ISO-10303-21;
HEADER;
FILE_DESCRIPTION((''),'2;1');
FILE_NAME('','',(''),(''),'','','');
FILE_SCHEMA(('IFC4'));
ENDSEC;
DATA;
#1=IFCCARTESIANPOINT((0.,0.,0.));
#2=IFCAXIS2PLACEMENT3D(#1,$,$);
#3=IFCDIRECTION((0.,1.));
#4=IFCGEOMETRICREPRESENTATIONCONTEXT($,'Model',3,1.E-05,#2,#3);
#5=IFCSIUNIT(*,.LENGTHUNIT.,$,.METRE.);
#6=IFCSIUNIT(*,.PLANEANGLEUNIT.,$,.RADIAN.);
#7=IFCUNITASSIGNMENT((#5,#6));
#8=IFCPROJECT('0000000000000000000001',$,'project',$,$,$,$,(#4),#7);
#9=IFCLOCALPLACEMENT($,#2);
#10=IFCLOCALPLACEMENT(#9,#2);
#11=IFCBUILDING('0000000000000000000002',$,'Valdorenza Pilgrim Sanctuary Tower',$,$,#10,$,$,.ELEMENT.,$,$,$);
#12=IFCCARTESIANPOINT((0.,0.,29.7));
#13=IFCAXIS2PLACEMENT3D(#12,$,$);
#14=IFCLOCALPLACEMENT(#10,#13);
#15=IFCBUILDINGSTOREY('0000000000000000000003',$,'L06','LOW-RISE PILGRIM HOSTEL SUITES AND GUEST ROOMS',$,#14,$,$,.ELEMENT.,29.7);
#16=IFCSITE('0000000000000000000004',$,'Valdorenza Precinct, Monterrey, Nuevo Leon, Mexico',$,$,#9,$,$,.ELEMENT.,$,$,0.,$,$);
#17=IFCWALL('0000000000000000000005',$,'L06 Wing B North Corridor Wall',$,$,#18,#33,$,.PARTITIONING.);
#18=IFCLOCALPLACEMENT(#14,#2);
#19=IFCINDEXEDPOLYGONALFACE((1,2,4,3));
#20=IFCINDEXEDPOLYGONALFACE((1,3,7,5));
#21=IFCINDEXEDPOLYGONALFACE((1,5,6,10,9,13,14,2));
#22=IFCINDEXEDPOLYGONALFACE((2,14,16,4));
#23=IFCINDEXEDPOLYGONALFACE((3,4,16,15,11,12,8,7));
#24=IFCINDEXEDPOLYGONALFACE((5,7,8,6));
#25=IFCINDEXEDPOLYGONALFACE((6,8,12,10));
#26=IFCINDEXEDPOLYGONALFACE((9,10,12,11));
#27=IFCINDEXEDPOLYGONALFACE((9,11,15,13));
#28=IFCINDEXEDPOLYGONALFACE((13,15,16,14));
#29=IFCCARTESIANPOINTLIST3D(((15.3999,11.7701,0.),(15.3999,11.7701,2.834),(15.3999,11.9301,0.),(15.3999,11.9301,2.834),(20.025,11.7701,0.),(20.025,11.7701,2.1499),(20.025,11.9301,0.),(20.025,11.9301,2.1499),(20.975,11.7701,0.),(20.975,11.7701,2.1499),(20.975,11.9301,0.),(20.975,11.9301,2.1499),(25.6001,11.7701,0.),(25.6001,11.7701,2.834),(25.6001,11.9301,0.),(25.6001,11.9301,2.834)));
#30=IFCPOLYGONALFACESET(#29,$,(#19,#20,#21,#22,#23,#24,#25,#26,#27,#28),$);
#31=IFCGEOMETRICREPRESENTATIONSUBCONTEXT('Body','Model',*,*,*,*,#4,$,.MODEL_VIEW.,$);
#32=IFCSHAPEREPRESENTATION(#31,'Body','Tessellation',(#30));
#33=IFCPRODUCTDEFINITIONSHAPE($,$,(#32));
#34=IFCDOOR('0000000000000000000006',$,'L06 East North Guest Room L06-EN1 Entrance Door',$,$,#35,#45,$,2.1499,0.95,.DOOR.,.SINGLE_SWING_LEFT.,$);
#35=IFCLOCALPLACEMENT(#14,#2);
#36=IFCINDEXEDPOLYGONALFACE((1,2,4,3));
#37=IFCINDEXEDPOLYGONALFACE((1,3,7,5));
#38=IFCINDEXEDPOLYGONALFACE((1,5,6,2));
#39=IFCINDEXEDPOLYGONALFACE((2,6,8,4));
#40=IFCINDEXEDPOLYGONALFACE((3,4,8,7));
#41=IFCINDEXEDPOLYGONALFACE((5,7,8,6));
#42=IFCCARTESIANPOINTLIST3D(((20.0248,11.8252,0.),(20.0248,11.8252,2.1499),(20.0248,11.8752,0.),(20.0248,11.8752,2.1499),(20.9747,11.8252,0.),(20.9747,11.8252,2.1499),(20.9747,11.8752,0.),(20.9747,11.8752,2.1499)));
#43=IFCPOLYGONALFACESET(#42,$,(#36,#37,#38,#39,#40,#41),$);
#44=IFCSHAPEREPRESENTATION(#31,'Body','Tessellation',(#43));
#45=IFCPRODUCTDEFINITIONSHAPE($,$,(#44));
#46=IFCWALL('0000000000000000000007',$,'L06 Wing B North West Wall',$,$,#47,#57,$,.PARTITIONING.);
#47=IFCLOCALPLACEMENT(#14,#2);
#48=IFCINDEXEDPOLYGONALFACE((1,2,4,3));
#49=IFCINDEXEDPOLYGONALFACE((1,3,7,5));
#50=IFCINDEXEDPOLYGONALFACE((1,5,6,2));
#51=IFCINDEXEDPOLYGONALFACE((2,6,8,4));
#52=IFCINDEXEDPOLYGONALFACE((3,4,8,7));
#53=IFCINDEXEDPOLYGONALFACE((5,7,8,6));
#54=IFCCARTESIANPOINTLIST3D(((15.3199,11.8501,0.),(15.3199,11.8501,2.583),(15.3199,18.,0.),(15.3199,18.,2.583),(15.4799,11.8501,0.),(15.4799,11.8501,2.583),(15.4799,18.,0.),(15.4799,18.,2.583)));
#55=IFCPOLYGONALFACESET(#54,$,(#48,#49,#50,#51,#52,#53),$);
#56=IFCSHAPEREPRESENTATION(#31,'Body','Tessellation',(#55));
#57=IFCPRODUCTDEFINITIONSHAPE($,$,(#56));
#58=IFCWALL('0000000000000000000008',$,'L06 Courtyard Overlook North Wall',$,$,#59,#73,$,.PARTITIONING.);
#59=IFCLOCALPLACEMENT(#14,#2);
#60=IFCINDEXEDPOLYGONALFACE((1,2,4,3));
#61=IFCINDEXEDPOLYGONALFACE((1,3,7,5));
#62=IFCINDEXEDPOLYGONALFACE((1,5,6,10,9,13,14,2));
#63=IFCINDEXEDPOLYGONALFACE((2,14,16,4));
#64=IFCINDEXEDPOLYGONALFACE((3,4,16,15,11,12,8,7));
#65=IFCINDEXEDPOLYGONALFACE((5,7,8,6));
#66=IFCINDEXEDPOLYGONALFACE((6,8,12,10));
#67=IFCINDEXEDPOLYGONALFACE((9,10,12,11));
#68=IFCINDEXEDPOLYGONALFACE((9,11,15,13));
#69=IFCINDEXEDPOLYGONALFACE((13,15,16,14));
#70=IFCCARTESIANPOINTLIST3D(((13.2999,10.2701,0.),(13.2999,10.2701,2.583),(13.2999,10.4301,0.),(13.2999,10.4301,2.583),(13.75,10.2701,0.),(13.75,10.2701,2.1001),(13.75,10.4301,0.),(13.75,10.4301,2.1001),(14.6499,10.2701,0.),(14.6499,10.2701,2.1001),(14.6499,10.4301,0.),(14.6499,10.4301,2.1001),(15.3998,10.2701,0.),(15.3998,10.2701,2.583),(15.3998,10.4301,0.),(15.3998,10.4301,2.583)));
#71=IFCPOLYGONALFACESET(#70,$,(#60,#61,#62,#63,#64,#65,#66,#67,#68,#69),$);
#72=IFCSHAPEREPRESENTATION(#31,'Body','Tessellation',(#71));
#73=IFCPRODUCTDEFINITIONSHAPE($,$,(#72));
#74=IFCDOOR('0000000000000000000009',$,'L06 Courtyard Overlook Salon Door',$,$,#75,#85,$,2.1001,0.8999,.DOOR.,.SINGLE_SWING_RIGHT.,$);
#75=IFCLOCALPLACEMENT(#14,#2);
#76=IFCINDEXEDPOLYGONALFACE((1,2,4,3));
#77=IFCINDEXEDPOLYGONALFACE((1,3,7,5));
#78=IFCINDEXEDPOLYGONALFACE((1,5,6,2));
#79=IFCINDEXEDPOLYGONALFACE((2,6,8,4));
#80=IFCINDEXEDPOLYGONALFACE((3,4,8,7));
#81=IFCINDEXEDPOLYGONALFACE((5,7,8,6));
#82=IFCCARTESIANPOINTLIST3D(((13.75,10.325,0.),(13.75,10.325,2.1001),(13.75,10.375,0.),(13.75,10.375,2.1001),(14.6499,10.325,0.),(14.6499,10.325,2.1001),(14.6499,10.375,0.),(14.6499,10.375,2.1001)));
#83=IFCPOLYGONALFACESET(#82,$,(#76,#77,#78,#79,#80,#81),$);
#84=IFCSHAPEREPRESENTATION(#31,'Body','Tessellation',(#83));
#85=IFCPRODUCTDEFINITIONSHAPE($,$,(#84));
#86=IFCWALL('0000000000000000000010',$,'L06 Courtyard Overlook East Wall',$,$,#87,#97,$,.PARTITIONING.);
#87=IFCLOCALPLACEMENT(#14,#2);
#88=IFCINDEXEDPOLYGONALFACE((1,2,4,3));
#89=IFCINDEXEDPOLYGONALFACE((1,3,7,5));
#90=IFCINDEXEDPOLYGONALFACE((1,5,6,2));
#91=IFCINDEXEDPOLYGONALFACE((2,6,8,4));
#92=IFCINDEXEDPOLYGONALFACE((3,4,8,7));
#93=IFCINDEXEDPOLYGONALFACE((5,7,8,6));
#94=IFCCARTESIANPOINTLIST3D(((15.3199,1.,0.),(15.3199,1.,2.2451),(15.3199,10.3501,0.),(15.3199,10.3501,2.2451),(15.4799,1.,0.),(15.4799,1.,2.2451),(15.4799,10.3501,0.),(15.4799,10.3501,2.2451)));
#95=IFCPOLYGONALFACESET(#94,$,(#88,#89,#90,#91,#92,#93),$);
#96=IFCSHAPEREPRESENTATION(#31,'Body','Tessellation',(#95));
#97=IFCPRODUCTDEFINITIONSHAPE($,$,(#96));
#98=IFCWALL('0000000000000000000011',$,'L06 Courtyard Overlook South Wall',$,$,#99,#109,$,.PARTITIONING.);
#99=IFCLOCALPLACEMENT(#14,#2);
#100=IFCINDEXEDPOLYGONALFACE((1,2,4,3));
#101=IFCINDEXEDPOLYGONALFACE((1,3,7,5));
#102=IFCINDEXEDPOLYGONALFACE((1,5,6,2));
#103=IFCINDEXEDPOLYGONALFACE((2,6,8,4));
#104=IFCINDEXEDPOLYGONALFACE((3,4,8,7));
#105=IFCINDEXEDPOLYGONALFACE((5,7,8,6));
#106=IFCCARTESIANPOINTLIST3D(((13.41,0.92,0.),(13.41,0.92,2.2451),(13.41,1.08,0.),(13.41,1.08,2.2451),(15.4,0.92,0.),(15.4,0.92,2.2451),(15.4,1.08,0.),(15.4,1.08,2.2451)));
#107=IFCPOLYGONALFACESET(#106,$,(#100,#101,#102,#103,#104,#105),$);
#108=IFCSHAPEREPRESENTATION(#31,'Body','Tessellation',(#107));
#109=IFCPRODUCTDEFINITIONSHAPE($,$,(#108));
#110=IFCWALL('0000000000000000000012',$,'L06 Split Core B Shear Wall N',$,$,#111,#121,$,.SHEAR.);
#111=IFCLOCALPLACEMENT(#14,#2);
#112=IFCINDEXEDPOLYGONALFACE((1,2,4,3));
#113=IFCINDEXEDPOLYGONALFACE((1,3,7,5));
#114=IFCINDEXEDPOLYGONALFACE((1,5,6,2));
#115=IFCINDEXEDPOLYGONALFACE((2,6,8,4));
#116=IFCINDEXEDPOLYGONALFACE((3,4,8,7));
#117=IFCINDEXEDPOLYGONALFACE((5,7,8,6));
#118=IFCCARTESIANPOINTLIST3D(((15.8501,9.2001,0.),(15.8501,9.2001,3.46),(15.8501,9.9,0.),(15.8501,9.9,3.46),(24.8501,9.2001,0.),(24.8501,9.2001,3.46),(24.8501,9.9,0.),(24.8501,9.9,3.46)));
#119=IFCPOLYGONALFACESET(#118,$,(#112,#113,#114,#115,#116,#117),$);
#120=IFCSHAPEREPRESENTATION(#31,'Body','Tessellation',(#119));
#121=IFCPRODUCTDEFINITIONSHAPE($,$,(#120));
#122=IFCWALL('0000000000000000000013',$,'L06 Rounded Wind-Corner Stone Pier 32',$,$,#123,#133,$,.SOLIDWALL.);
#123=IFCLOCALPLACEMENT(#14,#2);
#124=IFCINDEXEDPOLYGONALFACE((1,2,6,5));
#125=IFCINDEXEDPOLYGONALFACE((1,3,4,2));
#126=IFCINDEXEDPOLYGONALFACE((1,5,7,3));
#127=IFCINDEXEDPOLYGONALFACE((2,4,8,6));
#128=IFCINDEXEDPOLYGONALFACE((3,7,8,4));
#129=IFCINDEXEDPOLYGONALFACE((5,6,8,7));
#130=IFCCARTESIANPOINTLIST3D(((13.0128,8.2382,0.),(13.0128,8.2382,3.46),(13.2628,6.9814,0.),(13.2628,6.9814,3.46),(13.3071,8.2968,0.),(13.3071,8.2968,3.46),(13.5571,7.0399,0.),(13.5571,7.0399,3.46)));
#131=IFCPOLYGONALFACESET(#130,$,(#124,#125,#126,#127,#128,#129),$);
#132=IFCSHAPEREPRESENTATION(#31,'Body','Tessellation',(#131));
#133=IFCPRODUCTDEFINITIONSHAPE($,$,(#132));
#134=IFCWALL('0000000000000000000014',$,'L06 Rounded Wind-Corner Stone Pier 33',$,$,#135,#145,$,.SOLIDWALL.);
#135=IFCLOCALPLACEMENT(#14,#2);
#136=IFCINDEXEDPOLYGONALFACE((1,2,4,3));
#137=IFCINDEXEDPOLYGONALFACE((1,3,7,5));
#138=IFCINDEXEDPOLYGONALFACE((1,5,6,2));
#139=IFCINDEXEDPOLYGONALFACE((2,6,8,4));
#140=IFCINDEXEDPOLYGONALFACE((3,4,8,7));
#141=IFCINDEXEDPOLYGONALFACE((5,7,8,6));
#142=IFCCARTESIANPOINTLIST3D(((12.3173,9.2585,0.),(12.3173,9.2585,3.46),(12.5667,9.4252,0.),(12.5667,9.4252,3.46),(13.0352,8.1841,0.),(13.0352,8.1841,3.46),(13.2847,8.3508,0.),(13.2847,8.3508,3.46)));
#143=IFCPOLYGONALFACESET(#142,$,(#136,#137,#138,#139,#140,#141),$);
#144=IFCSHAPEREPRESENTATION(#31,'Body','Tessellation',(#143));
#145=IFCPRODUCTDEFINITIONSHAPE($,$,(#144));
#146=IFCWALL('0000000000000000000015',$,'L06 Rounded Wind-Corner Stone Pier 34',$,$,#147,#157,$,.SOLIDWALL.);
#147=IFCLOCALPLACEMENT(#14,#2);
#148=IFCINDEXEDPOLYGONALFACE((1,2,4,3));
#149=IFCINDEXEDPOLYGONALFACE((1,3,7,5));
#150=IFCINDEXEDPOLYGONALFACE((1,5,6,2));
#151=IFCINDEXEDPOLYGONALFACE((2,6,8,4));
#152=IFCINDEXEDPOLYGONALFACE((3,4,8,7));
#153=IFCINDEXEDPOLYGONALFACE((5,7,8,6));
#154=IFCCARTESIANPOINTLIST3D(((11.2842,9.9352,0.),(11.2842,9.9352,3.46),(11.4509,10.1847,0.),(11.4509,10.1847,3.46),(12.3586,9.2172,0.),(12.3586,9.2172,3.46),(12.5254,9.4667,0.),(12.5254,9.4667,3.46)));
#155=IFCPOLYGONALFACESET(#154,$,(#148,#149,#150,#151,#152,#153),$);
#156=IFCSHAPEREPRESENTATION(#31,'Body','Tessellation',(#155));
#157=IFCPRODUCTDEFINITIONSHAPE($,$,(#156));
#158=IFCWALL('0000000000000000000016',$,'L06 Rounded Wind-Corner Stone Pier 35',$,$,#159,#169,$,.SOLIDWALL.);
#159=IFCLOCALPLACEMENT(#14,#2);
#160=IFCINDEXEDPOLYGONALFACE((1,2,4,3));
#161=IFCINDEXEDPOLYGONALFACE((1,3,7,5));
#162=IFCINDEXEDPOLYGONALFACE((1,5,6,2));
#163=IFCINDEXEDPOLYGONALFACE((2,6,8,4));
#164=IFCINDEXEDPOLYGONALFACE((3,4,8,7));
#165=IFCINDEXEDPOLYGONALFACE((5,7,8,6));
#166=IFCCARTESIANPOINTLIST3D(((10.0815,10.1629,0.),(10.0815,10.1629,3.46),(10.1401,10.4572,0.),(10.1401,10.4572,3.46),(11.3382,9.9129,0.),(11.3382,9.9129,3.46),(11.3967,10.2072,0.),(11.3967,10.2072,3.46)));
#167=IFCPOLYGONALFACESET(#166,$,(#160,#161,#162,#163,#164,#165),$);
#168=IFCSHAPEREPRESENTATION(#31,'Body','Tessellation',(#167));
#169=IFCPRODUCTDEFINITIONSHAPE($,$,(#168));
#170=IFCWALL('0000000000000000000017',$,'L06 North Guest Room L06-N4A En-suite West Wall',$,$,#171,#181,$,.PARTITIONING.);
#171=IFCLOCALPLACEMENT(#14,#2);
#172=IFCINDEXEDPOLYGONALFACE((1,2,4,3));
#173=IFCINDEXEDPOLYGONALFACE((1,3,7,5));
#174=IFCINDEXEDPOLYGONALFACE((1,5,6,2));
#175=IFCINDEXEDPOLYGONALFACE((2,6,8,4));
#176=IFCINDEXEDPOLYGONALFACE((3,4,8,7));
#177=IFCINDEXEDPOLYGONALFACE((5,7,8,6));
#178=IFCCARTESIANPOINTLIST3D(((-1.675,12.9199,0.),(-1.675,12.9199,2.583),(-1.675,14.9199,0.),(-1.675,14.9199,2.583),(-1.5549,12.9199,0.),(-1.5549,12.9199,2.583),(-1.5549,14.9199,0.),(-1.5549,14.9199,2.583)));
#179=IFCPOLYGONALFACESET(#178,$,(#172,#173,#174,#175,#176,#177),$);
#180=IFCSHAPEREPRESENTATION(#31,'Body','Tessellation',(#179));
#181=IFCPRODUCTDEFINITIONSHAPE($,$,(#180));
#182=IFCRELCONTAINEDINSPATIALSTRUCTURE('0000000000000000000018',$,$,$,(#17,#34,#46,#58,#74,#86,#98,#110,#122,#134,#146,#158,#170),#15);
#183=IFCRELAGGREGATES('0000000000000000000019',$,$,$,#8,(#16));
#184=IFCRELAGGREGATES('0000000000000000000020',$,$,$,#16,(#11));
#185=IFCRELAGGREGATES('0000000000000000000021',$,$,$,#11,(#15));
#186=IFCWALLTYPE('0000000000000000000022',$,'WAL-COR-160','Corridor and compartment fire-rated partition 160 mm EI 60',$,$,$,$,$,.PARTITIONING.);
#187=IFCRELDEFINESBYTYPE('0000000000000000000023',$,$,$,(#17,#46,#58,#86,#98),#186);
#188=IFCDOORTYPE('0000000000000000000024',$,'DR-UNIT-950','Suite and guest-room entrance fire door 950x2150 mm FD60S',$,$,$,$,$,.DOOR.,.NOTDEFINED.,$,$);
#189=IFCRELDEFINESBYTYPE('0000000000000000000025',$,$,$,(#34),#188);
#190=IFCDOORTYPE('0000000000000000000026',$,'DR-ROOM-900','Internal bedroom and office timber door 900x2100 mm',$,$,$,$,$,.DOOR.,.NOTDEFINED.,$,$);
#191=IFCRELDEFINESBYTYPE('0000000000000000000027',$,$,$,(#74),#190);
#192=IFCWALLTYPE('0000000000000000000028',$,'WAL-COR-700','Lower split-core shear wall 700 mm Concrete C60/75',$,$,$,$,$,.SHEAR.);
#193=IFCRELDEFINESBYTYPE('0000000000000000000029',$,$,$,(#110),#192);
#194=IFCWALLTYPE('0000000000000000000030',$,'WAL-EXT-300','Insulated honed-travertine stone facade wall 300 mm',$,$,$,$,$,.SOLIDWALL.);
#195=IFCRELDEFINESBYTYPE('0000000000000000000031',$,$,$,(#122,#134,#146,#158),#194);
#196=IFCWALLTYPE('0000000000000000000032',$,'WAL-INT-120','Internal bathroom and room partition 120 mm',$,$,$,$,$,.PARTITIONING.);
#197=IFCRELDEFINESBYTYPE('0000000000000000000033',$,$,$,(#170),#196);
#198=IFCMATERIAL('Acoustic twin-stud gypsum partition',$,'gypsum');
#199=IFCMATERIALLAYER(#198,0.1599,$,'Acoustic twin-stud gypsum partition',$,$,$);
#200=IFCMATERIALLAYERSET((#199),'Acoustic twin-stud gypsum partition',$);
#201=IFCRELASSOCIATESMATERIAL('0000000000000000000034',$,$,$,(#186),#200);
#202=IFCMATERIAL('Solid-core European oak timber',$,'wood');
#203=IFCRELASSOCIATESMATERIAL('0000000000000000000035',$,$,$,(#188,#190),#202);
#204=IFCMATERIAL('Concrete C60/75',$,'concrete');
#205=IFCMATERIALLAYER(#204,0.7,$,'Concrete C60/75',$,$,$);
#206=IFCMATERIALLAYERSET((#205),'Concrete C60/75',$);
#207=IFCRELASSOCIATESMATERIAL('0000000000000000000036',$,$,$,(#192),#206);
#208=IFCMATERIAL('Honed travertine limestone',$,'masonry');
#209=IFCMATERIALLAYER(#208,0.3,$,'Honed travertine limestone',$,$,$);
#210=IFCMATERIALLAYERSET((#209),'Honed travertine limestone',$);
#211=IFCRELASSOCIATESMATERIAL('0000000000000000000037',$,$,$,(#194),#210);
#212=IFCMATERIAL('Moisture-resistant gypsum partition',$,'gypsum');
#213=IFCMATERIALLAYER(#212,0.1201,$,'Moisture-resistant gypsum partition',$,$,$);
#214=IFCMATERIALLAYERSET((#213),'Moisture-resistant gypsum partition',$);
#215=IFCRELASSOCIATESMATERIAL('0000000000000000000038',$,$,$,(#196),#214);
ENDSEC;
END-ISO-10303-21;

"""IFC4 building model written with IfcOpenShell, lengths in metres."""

from ifc_helpers import new_model, si_unit, direction, frame, frame_2d, origin, place, context, subcontext, project, spatial, rectangle, extrude, material, layer, layer_set, type_object, element, fill, save


model = new_model("IFC4")

# Units and contexts
model_context = context("Model", 3, precision=1e-05, world=origin(), true_north=direction((0.0, 1.0)))
body_context = subcontext(model_context, "Body", "Model", "MODEL_VIEW")
ifc_project = project(units=[si_unit("LENGTHUNIT", "METRE"), si_unit("PLANEANGLEUNIT", "RADIAN")], contexts=[model_context])

# Site, building, storey
site_placement = place(None, origin())
site = spatial("IfcSite", under=ifc_project, at=site_placement, Name="Valdorenza Precinct, Monterrey, Nuevo Leon, Mexico", CompositionType="ELEMENT", RefElevation=0.0)
building_placement = place(site_placement, origin())
building = spatial("IfcBuilding", under=site, at=building_placement, Name="Valdorenza Pilgrim Sanctuary Tower", CompositionType="ELEMENT")
storey_placement = place(building_placement, frame((0.0, 0.0, 29.7)))
storey = spatial("IfcBuildingStorey", under=building, at=storey_placement, Name="L06", Description="LOW-RISE PILGRIM HOSTEL SUITES AND GUEST ROOMS", CompositionType="ELEMENT", Elevation=29.7)

# Shared definitions
ifc_material_1 = material(Name="Concrete C60/75", Category="concrete")

# Shared definitions
ifc_material_2 = material(Name="Honed travertine limestone", Category="masonry")

# Wall, opening, door
ifc_material_3 = material(Name="Acoustic twin-stud gypsum partition", Category="gypsum")
ifc_layer_1 = layer(ifc_material_3, 0.1599, Name="Acoustic twin-stud gypsum partition")
ifc_layer_set_1 = layer_set([ifc_layer_1], Name="Acoustic twin-stud gypsum partition")
wall_type_1 = type_object("IfcWallType", Name="WAL-COR-160", Description="Corridor and compartment fire-rated partition 160 mm EI 60", PredefinedType="PARTITIONING", material=ifc_layer_set_1)
wall_1_placement = place(storey_placement, frame((15.3999, 11.8501, 0.0), z_axis=(0.0, 0.0, 1.0), x_axis=(1.0, 0.0, 0.0)))
wall_1 = element("IfcWall", 1, at=wall_1_placement, inside=storey, type_object=wall_type_1, Name="L06 Wing B North Corridor Wall", PredefinedType="PARTITIONING", context=body_context, shape_type="SweptSolid", body=[
    extrude(rectangle(XDim=10.2002, YDim=0.1599, at=frame_2d((5.1001, 0.0))), origin(), (0.0, 0.0, 1.0), 2.834),
])
opening_1_placement = place(wall_1_placement, frame((4.625, 0.0, 0.0)))
opening_1 = element("IfcOpeningElement", 2, at=opening_1_placement, cuts=wall_1, PredefinedType="OPENING", context=body_context, shape_type="SweptSolid", body=[
    extrude(rectangle(XDim=0.95, YDim=2.1499, at=frame_2d((0.4751, 1.075))), frame((0.0, 0.0947, 0.0), z_axis=(0.0, -1.0, 0.0), x_axis=(1.0, 0.0, 0.0)), (0.0, 0.0, 1.0), 0.1897),
])
ifc_material_4 = material(Name="Solid-core European oak timber", Category="wood")
door_type_1 = type_object("IfcDoorType", Name="DR-UNIT-950", Description="Suite and guest-room entrance fire door 950x2150 mm FD60S", OperationType="NOTDEFINED", PredefinedType="DOOR", material=ifc_material_4)
door_1_placement = place(opening_1_placement, frame((0.95, 0.0, 0.0), z_axis=(0.0, 0.0, 1.0), x_axis=(-1.0, 0.0, 0.0)))
door_1 = element("IfcDoor", 3, at=door_1_placement, inside=storey, type_object=door_type_1, Name="L06 East North Guest Room L06-EN1 Entrance Door", OperationType="SINGLE_SWING_LEFT", OverallHeight=2.1499, OverallWidth=0.95, PredefinedType="DOOR", context=body_context, shape_type="SweptSolid", body=[
    extrude(rectangle(XDim=0.95, YDim=2.1499, at=frame_2d((0.4751, 1.075))), frame((0.0, 0.0249, 0.0), z_axis=(0.0, -1.0, 0.0), x_axis=(1.0, 0.0, 0.0)), (0.0, 0.0, 1.0), 0.05),
])
fill(opening_1, door_1)

# Wall
wall_2_placement = place(storey_placement, frame((15.3999, 11.8501, 0.0), z_axis=(0.0, 0.0, 1.0), x_axis=(0.0, 1.0, 0.0)))
element("IfcWall", 4, at=wall_2_placement, inside=storey, type_object=wall_type_1, Name="L06 Wing B North West Wall", PredefinedType="PARTITIONING", context=body_context, shape_type="SweptSolid", body=[
    extrude(rectangle(XDim=6.1499, YDim=0.1599, at=frame_2d((3.075, 0.0))), origin(), (0.0, 0.0, 1.0), 2.583),
])

# Wall, opening, door
wall_3_placement = place(storey_placement, frame((13.3, 10.3501, 0.0), z_axis=(0.0, 0.0, 1.0), x_axis=(1.0, 0.0, 0.0)))
wall_3 = element("IfcWall", 5, at=wall_3_placement, inside=storey, type_object=wall_type_1, Name="L06 Courtyard Overlook North Wall", PredefinedType="PARTITIONING", context=body_context, shape_type="SweptSolid", body=[
    extrude(rectangle(XDim=2.0999, YDim=0.1599, at=frame_2d((1.0498, 0.0))), origin(), (0.0, 0.0, 1.0), 2.583),
])
opening_2_placement = place(wall_3_placement, frame((0.45, 0.0, 0.0)))
opening_2 = element("IfcOpeningElement", 6, at=opening_2_placement, cuts=wall_3, PredefinedType="OPENING", context=body_context, shape_type="SweptSolid", body=[
    extrude(rectangle(XDim=0.8999, YDim=2.1001, at=frame_2d((0.45, 1.05))), frame((0.0, 0.0947, 0.0), z_axis=(0.0, -1.0, 0.0), x_axis=(1.0, 0.0, 0.0)), (0.0, 0.0, 1.0), 0.1897),
])
door_type_2 = type_object("IfcDoorType", Name="DR-ROOM-900", Description="Internal bedroom and office timber door 900x2100 mm", OperationType="NOTDEFINED", PredefinedType="DOOR", material=ifc_material_4)
door_2_placement = place(opening_2_placement, origin())
door_2 = element("IfcDoor", 7, at=door_2_placement, inside=storey, type_object=door_type_2, Name="L06 Courtyard Overlook Salon Door", OperationType="SINGLE_SWING_RIGHT", OverallHeight=2.1001, OverallWidth=0.8999, PredefinedType="DOOR", context=body_context, shape_type="SweptSolid", body=[
    extrude(rectangle(XDim=0.8999, YDim=2.1001, at=frame_2d((0.45, 1.05))), frame((0.0, 0.0249, 0.0), z_axis=(0.0, -1.0, 0.0), x_axis=(1.0, 0.0, 0.0)), (0.0, 0.0, 1.0), 0.05),
])
fill(opening_2, door_2)

# Walls
wall_4_placement = place(storey_placement, frame((15.3999, 1.0, 0.0), z_axis=(0.0, 0.0, 1.0), x_axis=(0.0, 1.0, 0.0)))
element("IfcWall", 8, at=wall_4_placement, inside=storey, type_object=wall_type_1, Name="L06 Courtyard Overlook East Wall", PredefinedType="PARTITIONING", context=body_context, shape_type="SweptSolid", body=[
    extrude(rectangle(XDim=9.3501, YDim=0.1599, at=frame_2d((4.675, 0.0))), origin(), (0.0, 0.0, 1.0), 2.2451),
])
wall_5_placement = place(storey_placement, frame((13.4099, 1.0, 0.0), z_axis=(0.0, 0.0, 1.0), x_axis=(1.0, 0.0, 0.0)))
element("IfcWall", 9, at=wall_5_placement, inside=storey, type_object=wall_type_1, Name="L06 Courtyard Overlook South Wall", PredefinedType="PARTITIONING", context=body_context, shape_type="SweptSolid", body=[
    extrude(rectangle(XDim=1.99, YDim=0.1599, at=frame_2d((0.9951, 0.0))), origin(), (0.0, 0.0, 1.0), 2.2451),
])
ifc_layer_2 = layer(ifc_material_1, 0.7, Name="Concrete C60/75")
ifc_layer_set_2 = layer_set([ifc_layer_2], Name="Concrete C60/75")
wall_type_2 = type_object("IfcWallType", Name="WAL-COR-700", Description="Lower split-core shear wall 700 mm Concrete C60/75", PredefinedType="SHEAR", material=ifc_layer_set_2)
wall_6_placement = place(storey_placement, frame((15.8501, 9.55, 0.0), z_axis=(0.0, 0.0, 1.0), x_axis=(1.0, 0.0, 0.0)))
element("IfcWall", 10, at=wall_6_placement, inside=storey, type_object=wall_type_2, Name="L06 Split Core B Shear Wall N", PredefinedType="SHEAR", context=body_context, shape_type="SweptSolid", body=[
    extrude(rectangle(XDim=9.0, YDim=0.7, at=frame_2d((4.5, 0.0))), origin(), (0.0, 0.0, 1.0), 3.46),
])
ifc_layer_3 = layer(ifc_material_2, 0.3, Name="Honed travertine limestone")
ifc_layer_set_3 = layer_set([ifc_layer_3], Name="Honed travertine limestone")
wall_type_3 = type_object("IfcWallType", Name="WAL-EXT-300", Description="Insulated honed-travertine stone facade wall 300 mm", PredefinedType="SOLIDWALL", material=ifc_layer_set_3)
wall_7_placement = place(storey_placement, frame((13.4099, 7.0107, 0.0), z_axis=(0.0, 0.0, 1.0), x_axis=(-0.19509, 0.980785, 0.0)))
element("IfcWall", 11, at=wall_7_placement, inside=storey, type_object=wall_type_3, Name="L06 Rounded Wind-Corner Stone Pier 32", PredefinedType="SOLIDWALL", context=body_context, shape_type="SweptSolid", body=[
    extrude(rectangle(XDim=1.2815, YDim=0.3, at=frame_2d((0.6406, 0.0))), origin(), (0.0, 0.0, 1.0), 3.46),
])
for number, where, z_axis, x_axis, name in (
    (12, (13.1599, 8.2676, 0.0), (0.0, 0.0, 1.0), (-0.555615, 0.831439, 0.0), "L06 Rounded Wind-Corner Stone Pier 33"),
    (13, (12.4419, 9.342, 0.0), (0.0, 0.0, 1.0), (-0.831439, 0.555615, 0.0), "L06 Rounded Wind-Corner Stone Pier 34"),
):
    element("IfcWall", number, at=place(storey_placement, frame(where, z_axis=z_axis, x_axis=x_axis)), inside=storey, type_object=wall_type_3, Name=name, PredefinedType="SOLIDWALL", context=body_context, shape_type="SweptSolid", body=[
        extrude(rectangle(XDim=1.2922, YDim=0.3, at=frame_2d((0.646, 0.0))), origin(), (0.0, 0.0, 1.0), 3.46),
    ])
wall_8_placement = place(storey_placement, frame((11.3674, 10.0601, 0.0), z_axis=(0.0, 0.0, 1.0), x_axis=(-0.980778, 0.195127, 0.0)))
element("IfcWall", 14, at=wall_8_placement, inside=storey, type_object=wall_type_3, Name="L06 Rounded Wind-Corner Stone Pier 35", PredefinedType="SOLIDWALL", context=body_context, shape_type="SweptSolid", body=[
    extrude(rectangle(XDim=1.2812, YDim=0.3, at=frame_2d((0.6406, 0.0))), origin(), (0.0, 0.0, 1.0), 3.46),
])
ifc_material_5 = material(Name="Moisture-resistant gypsum partition", Category="gypsum")
ifc_layer_4 = layer(ifc_material_5, 0.1201, Name="Moisture-resistant gypsum partition")
ifc_layer_set_4 = layer_set([ifc_layer_4], Name="Moisture-resistant gypsum partition")
wall_type_4 = type_object("IfcWallType", Name="WAL-INT-120", Description="Internal bathroom and room partition 120 mm", PredefinedType="PARTITIONING", material=ifc_layer_set_4)
wall_9_placement = place(storey_placement, frame((-1.615, 12.9199, 0.0), z_axis=(0.0, 0.0, 1.0), x_axis=(0.0, 1.0, 0.0)))
element("IfcWall", 15, at=wall_9_placement, inside=storey, type_object=wall_type_4, Name="L06 North Guest Room L06-N4A En-suite West Wall", PredefinedType="PARTITIONING", context=body_context, shape_type="SweptSolid", body=[
    extrude(rectangle(XDim=2.0, YDim=0.1201, at=frame_2d((1.0, 0.0))), origin(), (0.0, 0.0, 1.0), 2.583),
])

save(model, "model.ifc")
